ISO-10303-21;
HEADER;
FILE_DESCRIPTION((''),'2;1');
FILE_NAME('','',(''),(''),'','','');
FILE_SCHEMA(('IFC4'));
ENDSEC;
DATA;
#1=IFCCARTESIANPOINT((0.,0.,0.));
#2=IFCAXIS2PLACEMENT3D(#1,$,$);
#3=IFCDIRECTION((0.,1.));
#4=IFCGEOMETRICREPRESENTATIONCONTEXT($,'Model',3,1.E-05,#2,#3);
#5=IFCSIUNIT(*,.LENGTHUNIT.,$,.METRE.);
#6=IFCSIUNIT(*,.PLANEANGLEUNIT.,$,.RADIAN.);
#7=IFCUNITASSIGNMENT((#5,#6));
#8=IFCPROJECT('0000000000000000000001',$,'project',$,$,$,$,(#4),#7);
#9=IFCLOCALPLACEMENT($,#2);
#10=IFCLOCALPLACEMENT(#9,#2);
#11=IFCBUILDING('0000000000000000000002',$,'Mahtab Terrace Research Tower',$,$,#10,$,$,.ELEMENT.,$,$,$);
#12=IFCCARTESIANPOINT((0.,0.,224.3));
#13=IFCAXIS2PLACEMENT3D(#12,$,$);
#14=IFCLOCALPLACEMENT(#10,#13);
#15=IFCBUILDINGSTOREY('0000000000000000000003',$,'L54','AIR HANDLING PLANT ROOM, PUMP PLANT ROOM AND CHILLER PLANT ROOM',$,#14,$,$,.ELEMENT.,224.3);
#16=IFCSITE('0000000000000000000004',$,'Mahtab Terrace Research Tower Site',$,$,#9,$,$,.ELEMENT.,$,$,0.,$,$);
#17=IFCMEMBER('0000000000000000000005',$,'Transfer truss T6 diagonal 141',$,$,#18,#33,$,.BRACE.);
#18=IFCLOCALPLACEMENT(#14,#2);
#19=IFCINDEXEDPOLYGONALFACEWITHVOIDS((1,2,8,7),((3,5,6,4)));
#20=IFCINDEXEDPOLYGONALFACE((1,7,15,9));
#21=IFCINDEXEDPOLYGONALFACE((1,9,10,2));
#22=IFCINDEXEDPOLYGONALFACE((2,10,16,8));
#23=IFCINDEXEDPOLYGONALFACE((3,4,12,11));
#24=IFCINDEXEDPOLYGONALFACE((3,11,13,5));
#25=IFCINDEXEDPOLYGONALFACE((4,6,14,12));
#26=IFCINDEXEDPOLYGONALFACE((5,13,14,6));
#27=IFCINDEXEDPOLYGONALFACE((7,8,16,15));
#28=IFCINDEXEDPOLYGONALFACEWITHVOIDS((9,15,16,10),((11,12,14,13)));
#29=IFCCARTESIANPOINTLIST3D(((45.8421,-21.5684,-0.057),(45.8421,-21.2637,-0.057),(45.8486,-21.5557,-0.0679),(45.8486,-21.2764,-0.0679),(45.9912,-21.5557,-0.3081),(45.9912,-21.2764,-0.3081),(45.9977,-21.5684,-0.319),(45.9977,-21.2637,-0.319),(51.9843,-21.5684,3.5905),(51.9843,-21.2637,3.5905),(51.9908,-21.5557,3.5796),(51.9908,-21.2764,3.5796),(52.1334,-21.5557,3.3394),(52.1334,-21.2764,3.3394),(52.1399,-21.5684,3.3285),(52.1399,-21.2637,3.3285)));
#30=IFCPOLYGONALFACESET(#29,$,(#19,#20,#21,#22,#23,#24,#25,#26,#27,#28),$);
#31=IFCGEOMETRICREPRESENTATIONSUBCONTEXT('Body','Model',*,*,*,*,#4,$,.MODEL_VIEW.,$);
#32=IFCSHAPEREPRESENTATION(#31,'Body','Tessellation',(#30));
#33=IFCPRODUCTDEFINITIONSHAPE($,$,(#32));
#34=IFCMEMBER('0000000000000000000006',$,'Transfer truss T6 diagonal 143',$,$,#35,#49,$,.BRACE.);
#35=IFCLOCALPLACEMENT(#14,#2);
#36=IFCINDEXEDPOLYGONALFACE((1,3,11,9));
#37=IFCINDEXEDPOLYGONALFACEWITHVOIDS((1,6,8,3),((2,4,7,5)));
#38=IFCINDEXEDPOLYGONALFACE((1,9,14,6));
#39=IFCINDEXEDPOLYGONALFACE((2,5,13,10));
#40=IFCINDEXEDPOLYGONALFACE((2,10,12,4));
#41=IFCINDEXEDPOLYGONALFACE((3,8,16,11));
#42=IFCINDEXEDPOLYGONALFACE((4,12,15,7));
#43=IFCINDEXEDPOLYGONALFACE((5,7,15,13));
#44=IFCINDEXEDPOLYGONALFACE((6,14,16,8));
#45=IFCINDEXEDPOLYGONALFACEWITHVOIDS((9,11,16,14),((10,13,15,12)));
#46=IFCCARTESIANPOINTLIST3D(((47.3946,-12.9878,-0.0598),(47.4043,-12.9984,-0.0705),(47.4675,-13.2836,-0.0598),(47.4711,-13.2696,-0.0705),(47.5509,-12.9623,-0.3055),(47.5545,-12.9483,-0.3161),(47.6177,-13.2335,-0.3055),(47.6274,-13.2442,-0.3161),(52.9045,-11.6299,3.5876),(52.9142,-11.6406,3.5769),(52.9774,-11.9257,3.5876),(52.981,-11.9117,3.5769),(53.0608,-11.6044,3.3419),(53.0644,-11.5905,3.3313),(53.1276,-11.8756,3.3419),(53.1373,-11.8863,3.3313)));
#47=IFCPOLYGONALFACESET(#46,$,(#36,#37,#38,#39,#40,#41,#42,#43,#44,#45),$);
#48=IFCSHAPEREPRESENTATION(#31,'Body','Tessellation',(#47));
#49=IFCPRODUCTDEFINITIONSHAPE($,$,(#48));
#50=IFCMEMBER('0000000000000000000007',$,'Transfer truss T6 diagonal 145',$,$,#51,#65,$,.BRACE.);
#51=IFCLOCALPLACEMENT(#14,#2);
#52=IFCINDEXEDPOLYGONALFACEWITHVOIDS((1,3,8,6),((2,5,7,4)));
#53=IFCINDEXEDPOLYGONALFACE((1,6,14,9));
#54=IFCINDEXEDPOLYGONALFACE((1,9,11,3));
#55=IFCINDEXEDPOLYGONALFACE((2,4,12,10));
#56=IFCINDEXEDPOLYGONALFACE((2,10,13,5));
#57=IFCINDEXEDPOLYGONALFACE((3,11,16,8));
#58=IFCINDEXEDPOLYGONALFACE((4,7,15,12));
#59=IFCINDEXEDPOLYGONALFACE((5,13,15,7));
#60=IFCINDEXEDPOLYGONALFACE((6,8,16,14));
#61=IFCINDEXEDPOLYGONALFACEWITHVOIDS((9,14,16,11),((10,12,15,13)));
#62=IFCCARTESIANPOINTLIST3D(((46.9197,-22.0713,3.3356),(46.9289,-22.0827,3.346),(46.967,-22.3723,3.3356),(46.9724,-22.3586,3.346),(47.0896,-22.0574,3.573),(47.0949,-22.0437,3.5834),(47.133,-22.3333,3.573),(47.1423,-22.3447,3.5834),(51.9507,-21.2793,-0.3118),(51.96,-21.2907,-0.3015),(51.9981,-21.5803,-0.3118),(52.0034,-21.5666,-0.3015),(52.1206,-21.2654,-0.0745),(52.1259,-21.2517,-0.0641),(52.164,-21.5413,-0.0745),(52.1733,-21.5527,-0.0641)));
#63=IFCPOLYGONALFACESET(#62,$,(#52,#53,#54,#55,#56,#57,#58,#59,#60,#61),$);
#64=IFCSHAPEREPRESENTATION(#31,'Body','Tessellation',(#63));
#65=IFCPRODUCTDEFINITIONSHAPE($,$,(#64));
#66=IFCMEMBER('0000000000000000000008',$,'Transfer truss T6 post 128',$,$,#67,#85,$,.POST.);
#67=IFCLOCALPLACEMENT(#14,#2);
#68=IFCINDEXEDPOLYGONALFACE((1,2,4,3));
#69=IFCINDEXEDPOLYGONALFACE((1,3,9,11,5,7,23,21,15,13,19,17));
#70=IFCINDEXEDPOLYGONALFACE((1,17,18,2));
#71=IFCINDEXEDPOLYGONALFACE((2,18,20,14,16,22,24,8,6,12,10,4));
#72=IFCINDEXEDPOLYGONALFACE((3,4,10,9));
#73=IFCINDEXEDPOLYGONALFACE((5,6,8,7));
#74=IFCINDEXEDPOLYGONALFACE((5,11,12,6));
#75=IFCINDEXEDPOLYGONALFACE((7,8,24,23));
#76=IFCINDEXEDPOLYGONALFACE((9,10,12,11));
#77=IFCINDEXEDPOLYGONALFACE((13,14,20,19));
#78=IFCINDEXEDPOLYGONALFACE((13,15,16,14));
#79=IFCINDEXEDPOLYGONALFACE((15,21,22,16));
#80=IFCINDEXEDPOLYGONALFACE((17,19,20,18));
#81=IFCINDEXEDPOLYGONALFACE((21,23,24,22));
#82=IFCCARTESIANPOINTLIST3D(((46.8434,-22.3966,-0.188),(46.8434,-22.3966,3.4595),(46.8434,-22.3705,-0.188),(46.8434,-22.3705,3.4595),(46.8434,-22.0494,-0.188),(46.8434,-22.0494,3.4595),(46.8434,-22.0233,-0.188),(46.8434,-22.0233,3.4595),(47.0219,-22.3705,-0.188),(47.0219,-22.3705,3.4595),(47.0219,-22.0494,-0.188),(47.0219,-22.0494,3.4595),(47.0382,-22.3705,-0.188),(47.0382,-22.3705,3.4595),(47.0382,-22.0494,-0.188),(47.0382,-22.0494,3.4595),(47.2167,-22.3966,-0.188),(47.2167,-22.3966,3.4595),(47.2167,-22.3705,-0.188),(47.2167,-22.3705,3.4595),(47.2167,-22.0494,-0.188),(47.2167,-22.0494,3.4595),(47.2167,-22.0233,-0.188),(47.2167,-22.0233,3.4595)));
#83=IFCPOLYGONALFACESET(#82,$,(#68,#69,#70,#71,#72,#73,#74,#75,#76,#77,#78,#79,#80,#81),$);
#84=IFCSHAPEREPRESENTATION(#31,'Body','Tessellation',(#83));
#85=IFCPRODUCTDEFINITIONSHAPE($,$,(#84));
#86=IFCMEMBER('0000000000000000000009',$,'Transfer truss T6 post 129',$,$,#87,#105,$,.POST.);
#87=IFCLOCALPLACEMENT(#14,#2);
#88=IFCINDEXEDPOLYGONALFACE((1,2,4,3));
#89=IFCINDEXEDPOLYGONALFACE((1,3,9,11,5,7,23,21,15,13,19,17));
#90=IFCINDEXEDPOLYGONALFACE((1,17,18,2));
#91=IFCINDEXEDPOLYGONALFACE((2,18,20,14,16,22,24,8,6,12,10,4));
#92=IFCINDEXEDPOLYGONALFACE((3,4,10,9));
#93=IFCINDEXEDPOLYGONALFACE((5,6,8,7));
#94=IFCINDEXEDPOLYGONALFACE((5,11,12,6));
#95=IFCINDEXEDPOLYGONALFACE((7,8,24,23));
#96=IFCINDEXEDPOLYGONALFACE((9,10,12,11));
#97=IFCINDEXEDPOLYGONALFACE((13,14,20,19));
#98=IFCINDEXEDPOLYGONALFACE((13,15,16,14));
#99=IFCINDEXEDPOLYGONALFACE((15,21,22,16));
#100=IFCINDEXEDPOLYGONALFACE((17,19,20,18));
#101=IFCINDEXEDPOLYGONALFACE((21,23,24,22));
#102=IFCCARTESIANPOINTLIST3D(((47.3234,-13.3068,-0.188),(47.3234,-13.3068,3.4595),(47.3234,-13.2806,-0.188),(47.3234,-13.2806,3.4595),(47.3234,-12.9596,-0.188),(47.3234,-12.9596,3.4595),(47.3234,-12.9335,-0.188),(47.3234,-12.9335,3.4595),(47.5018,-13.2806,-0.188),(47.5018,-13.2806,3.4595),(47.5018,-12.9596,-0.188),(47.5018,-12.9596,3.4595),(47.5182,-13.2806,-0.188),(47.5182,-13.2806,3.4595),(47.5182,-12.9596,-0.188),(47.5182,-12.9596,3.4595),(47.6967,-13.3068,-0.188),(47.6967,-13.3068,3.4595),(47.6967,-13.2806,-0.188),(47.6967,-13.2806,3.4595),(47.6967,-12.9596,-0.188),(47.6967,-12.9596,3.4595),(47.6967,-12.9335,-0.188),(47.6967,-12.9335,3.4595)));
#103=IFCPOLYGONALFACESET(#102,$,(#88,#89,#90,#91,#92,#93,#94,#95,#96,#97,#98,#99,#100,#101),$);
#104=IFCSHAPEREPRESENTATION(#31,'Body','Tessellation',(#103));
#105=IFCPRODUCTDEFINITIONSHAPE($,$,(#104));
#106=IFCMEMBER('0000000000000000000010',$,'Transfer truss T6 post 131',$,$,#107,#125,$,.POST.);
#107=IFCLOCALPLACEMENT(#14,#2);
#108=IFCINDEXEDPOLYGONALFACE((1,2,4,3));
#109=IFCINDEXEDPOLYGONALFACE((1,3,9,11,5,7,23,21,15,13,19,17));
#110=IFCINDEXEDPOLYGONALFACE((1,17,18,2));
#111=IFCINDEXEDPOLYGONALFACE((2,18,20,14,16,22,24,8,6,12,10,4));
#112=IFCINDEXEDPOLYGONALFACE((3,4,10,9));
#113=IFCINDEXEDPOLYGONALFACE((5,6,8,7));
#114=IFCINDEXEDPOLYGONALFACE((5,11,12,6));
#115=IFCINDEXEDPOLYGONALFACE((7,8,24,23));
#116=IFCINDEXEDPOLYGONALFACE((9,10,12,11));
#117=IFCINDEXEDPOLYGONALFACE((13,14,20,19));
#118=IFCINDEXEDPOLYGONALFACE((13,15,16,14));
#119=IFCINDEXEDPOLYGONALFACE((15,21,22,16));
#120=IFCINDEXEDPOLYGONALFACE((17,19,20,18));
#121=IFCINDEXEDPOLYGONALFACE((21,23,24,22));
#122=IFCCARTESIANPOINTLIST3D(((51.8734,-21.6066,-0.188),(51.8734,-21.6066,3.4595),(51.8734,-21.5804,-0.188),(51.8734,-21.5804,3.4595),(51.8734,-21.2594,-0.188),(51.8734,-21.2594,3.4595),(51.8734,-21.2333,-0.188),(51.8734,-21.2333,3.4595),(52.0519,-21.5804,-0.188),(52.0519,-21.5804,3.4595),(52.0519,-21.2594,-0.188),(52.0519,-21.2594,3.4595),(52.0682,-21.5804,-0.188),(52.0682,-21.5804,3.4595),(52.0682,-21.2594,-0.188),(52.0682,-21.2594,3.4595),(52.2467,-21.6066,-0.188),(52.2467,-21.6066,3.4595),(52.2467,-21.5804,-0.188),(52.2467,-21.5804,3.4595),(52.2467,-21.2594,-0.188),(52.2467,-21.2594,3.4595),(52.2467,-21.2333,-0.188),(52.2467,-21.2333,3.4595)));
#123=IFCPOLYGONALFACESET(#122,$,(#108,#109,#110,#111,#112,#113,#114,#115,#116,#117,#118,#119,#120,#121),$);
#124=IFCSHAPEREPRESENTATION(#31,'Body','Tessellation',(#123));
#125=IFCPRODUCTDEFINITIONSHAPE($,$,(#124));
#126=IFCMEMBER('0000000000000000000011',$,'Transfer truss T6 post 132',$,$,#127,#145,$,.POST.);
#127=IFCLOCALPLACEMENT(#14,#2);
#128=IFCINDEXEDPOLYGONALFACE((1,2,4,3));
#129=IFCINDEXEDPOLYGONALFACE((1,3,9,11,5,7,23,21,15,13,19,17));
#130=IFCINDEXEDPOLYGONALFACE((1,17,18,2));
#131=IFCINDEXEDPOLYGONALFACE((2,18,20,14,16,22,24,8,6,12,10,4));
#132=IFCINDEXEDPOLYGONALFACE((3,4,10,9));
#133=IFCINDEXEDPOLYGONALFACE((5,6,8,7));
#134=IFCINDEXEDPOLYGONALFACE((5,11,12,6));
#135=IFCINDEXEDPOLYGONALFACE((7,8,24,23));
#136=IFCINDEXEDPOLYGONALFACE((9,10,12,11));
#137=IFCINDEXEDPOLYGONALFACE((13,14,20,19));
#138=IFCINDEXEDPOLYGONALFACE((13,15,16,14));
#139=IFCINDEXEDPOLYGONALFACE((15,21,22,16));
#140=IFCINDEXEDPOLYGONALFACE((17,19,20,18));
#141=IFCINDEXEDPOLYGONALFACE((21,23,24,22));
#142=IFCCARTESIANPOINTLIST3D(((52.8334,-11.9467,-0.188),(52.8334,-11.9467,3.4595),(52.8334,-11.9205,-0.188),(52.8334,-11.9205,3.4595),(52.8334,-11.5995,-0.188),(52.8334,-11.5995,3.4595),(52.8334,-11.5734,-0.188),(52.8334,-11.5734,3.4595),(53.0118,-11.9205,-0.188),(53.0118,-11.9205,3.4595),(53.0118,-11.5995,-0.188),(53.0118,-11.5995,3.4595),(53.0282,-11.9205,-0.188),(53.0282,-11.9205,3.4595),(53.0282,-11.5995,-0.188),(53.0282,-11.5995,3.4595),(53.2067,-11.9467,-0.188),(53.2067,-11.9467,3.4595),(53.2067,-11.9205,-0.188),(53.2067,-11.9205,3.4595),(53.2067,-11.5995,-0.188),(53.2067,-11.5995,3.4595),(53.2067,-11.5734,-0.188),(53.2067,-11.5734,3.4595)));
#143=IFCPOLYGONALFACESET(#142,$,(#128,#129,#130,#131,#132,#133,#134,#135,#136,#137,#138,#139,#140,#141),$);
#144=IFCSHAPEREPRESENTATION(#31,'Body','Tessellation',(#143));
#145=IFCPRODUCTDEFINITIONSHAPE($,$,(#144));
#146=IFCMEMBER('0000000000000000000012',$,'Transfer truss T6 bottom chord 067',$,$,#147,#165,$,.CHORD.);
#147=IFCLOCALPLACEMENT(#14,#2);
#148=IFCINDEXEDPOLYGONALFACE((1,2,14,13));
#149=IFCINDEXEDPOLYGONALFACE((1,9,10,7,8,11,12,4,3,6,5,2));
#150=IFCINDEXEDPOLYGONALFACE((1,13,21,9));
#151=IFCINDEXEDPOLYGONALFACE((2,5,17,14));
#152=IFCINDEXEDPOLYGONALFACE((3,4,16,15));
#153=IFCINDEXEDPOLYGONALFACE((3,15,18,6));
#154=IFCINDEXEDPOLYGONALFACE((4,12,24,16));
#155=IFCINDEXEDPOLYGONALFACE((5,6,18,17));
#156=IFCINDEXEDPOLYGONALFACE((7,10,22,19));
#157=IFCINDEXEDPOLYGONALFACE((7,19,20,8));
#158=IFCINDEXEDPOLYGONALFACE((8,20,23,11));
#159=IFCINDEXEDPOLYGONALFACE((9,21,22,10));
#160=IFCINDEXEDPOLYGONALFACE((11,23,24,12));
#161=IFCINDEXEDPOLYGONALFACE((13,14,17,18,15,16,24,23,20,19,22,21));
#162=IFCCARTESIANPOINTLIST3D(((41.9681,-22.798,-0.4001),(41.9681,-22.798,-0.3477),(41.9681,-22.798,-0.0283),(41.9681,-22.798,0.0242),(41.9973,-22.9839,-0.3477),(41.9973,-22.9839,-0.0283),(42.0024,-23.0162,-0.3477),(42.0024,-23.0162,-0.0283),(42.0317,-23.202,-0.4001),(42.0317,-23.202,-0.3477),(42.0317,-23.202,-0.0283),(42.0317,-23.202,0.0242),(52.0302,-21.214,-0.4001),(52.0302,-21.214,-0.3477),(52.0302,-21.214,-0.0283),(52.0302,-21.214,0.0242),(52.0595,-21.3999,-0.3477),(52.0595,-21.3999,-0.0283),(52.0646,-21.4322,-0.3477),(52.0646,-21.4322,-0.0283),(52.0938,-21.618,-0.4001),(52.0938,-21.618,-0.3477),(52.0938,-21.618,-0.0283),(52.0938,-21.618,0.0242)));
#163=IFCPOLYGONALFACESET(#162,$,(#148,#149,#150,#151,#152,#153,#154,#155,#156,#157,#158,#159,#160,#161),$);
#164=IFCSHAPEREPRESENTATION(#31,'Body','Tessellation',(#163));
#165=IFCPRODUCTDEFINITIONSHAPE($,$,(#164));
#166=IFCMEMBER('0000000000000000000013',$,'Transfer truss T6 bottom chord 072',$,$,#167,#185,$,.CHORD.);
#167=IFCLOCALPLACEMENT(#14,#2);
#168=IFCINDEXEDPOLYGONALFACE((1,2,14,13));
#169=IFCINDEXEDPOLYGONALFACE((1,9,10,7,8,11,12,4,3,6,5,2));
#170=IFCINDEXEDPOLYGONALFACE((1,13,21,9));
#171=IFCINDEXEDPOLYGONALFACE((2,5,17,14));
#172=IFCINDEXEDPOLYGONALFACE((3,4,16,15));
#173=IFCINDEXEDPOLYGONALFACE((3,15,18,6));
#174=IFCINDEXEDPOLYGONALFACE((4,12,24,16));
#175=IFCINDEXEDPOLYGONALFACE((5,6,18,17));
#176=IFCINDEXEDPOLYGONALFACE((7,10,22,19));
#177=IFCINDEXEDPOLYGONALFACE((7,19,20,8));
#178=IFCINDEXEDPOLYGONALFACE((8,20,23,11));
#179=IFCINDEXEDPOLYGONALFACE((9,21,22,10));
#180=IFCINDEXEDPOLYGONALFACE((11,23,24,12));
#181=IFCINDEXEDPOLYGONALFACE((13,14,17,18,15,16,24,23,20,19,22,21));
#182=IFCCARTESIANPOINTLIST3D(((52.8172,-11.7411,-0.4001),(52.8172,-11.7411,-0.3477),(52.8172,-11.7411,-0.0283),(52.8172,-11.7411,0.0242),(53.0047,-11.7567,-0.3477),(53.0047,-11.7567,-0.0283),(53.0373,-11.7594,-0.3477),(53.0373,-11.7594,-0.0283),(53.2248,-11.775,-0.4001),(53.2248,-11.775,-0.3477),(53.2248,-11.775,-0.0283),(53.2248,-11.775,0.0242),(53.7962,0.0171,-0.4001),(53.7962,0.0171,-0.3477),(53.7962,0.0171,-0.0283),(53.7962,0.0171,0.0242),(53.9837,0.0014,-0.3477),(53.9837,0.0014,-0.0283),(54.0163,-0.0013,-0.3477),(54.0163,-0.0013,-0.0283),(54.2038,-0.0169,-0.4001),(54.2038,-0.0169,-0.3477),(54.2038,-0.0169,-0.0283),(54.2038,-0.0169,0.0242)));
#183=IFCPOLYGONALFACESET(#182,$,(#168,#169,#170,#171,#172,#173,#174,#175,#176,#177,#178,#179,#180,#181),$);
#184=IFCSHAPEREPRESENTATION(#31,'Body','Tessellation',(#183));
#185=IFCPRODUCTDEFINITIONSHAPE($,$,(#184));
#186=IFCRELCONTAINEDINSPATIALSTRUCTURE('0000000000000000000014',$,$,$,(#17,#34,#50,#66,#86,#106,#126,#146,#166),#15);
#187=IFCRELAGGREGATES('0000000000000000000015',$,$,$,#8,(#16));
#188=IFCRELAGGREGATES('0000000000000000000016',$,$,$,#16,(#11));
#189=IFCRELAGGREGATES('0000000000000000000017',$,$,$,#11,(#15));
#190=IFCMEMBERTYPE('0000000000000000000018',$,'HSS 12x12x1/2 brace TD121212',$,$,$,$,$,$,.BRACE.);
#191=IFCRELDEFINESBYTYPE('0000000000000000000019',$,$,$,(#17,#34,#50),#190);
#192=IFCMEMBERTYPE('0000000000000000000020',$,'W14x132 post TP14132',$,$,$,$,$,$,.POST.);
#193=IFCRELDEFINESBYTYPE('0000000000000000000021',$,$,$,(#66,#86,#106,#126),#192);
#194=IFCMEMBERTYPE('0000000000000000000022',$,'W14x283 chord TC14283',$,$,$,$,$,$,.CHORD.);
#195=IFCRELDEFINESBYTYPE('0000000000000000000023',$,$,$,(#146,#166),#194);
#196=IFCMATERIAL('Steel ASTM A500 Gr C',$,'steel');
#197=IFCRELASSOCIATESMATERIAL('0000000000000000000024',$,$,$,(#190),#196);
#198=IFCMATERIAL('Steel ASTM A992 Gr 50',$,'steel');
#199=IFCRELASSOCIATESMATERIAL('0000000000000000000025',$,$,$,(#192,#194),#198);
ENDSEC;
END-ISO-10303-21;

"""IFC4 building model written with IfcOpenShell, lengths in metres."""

from ifc_helpers import new_model, si_unit, direction, frame, origin, origin_2d, place, context, subcontext, project, spatial, hollow_rectangle, i_section, extrude, material, material_profile, profile_set, type_object, element, save


model = new_model("IFC4")

# Units and contexts
model_context = context("Model", 3, precision=1e-05, world=origin(), true_north=direction((0.0, 1.0)))
body_context = subcontext(model_context, "Body", "Model", "MODEL_VIEW")
ifc_project = project(units=[si_unit("LENGTHUNIT", "METRE"), si_unit("PLANEANGLEUNIT", "RADIAN")], contexts=[model_context])

# Site, building, storey
site_placement = place(None, origin())
site = spatial("IfcSite", under=ifc_project, at=site_placement, Name="Mahtab Terrace Research Tower Site", CompositionType="ELEMENT", RefElevation=0.0)
building_placement = place(site_placement, origin())
building = spatial("IfcBuilding", under=site, at=building_placement, Name="Mahtab Terrace Research Tower", CompositionType="ELEMENT")
storey_placement = place(building_placement, frame((0.0, 0.0, 224.3)))
storey = spatial("IfcBuildingStorey", under=building, at=storey_placement, Name="L54", Description="AIR HANDLING PLANT ROOM, PUMP PLANT ROOM AND CHILLER PLANT ROOM", CompositionType="ELEMENT", Elevation=224.3)

# Members
ifc_material_1 = material(Name="Steel ASTM A500 Gr C", Category="steel")
ifc_material_profile_1 = material_profile(ifc_material_1, hollow_rectangle(XDim=0.3047, YDim=0.3047, WallThickness=0.0127, at=origin_2d()), Name="HSS12X12X1/2")
ifc_profile_set_1 = profile_set([ifc_material_profile_1], Name="Steel ASTM A500 Gr C")
member_type_1 = type_object("IfcMemberType", Name="HSS 12x12x1/2 brace TD121212", PredefinedType="BRACE", material=ifc_profile_set_1)
member_1_placement = place(storey_placement, frame((45.9199, -21.416, -0.188), z_axis=(0.859818, 0.0, 0.5106), x_axis=(0.0, 1.0, 0.0)))
element("IfcMember", 1, at=member_1_placement, inside=storey, type_object=member_type_1, Name="Transfer truss T6 diagonal 141", PredefinedType="BRACE", context=body_context, shape_type="SweptSolid", body=[
    extrude(hollow_rectangle(XDim=0.3047, YDim=0.3047, WallThickness=0.0127, at=origin_2d()), origin(), (0.0, 0.0, 1.0), 7.1436),
])
member_2_placement = place(storey_placement, frame((47.511, -13.116, -0.188), z_axis=(0.816786, 0.201292, 0.540687), x_axis=(-0.239285, 0.970949, 0.0)))
element("IfcMember", 2, at=member_2_placement, inside=storey, type_object=member_type_1, Name="Transfer truss T6 diagonal 143", PredefinedType="BRACE", context=body_context, shape_type="SweptSolid", body=[
    extrude(hollow_rectangle(XDim=0.3047, YDim=0.3047, WallThickness=0.0127, at=origin_2d()), origin(), (0.0, 0.0, 1.0), 6.7458),
])
member_3_placement = place(storey_placement, frame((52.062, -21.416, -0.188), z_axis=(-0.803115, -0.126428, 0.582256), x_axis=(0.155507, -0.987835, 0.0)))
element("IfcMember", 3, at=member_3_placement, inside=storey, type_object=member_type_1, Name="Transfer truss T6 diagonal 145", PredefinedType="BRACE", context=body_context, shape_type="SweptSolid", body=[
    extrude(hollow_rectangle(XDim=0.3047, YDim=0.3047, WallThickness=0.0127, at=origin_2d()), origin(), (0.0, 0.0, 1.0), 6.2644),
])
ifc_material_2 = material(Name="Steel ASTM A992 Gr 50", Category="steel")
ifc_material_profile_2 = material_profile(ifc_material_2, i_section(OverallWidth=0.3733, OverallDepth=0.3733, WebThickness=0.0164, FlangeThickness=0.0261, at=origin_2d()), Name="W14X132")
ifc_profile_set_2 = profile_set([ifc_material_profile_2], Name="Steel ASTM A992 Gr 50")
member_type_2 = type_object("IfcMemberType", Name="W14x132 post TP14132", PredefinedType="POST", material=ifc_profile_set_2)
for number, where, z_axis, x_axis, name in (
    (4, (47.03, -22.21, -0.188), (0.0, 0.0, 1.0), (1.0, 0.0, 0.0), "Transfer truss T6 post 128"),
    (5, (47.51, -13.1201, -0.188), (0.0, 0.0, 1.0), (1.0, 0.0, 0.0), "Transfer truss T6 post 129"),
    (6, (52.0601, -21.4199, -0.188), (0.0, 0.0, 1.0), (1.0, 0.0, 0.0), "Transfer truss T6 post 131"),
    (7, (53.02, -11.76, -0.188), (0.0, 0.0, 1.0), (1.0, 0.0, 0.0), "Transfer truss T6 post 132"),
):
    element("IfcMember", number, at=place(storey_placement, frame(where, z_axis=z_axis, x_axis=x_axis)), inside=storey, type_object=member_type_2, Name=name, PredefinedType="POST", context=body_context, shape_type="SweptSolid", body=[
        extrude(i_section(OverallWidth=0.3733, OverallDepth=0.3733, WebThickness=0.0164, FlangeThickness=0.0261, at=origin_2d()), origin(), (0.0, 0.0, 1.0), 3.6475),
    ])
ifc_material_profile_3 = material_profile(ifc_material_2, i_section(OverallWidth=0.4089, OverallDepth=0.4243, WebThickness=0.0327, FlangeThickness=0.0525, at=origin_2d()), Name="W14X283")
ifc_profile_set_3 = profile_set([ifc_material_profile_3], Name="Steel ASTM A992 Gr 50")
member_type_3 = type_object("IfcMemberType", Name="W14x283 chord TC14283", PredefinedType="CHORD", material=ifc_profile_set_3)
member_4_placement = place(storey_placement, frame((52.062, -21.416, -0.188), z_axis=(-0.987835, -0.155507, 0.0), x_axis=(0.155507, -0.987835, 0.0)))
element("IfcMember", 8, at=member_4_placement, inside=storey, type_object=member_type_3, Name="Transfer truss T6 bottom chord 067", PredefinedType="CHORD", context=body_context, shape_type="SweptSolid", body=[
    extrude(i_section(OverallWidth=0.4089, OverallDepth=0.4243, WebThickness=0.0327, FlangeThickness=0.0525, at=origin_2d()), origin(), (0.0, 0.0, 1.0), 10.186),
])
member_5_placement = place(storey_placement, frame((53.021, -11.7581, -0.188), z_axis=(0.082975, 0.996552, 0.0), x_axis=(-0.996552, 0.082975, 0.0)))
element("IfcMember", 9, at=member_5_placement, inside=storey, type_object=member_type_3, Name="Transfer truss T6 bottom chord 072", PredefinedType="CHORD", context=body_context, shape_type="SweptSolid", body=[
    extrude(i_section(OverallWidth=0.4089, OverallDepth=0.4243, WebThickness=0.0327, FlangeThickness=0.0525, at=origin_2d()), origin(), (0.0, 0.0, 1.0), 11.7988),
])

save(model, "model.ifc")
